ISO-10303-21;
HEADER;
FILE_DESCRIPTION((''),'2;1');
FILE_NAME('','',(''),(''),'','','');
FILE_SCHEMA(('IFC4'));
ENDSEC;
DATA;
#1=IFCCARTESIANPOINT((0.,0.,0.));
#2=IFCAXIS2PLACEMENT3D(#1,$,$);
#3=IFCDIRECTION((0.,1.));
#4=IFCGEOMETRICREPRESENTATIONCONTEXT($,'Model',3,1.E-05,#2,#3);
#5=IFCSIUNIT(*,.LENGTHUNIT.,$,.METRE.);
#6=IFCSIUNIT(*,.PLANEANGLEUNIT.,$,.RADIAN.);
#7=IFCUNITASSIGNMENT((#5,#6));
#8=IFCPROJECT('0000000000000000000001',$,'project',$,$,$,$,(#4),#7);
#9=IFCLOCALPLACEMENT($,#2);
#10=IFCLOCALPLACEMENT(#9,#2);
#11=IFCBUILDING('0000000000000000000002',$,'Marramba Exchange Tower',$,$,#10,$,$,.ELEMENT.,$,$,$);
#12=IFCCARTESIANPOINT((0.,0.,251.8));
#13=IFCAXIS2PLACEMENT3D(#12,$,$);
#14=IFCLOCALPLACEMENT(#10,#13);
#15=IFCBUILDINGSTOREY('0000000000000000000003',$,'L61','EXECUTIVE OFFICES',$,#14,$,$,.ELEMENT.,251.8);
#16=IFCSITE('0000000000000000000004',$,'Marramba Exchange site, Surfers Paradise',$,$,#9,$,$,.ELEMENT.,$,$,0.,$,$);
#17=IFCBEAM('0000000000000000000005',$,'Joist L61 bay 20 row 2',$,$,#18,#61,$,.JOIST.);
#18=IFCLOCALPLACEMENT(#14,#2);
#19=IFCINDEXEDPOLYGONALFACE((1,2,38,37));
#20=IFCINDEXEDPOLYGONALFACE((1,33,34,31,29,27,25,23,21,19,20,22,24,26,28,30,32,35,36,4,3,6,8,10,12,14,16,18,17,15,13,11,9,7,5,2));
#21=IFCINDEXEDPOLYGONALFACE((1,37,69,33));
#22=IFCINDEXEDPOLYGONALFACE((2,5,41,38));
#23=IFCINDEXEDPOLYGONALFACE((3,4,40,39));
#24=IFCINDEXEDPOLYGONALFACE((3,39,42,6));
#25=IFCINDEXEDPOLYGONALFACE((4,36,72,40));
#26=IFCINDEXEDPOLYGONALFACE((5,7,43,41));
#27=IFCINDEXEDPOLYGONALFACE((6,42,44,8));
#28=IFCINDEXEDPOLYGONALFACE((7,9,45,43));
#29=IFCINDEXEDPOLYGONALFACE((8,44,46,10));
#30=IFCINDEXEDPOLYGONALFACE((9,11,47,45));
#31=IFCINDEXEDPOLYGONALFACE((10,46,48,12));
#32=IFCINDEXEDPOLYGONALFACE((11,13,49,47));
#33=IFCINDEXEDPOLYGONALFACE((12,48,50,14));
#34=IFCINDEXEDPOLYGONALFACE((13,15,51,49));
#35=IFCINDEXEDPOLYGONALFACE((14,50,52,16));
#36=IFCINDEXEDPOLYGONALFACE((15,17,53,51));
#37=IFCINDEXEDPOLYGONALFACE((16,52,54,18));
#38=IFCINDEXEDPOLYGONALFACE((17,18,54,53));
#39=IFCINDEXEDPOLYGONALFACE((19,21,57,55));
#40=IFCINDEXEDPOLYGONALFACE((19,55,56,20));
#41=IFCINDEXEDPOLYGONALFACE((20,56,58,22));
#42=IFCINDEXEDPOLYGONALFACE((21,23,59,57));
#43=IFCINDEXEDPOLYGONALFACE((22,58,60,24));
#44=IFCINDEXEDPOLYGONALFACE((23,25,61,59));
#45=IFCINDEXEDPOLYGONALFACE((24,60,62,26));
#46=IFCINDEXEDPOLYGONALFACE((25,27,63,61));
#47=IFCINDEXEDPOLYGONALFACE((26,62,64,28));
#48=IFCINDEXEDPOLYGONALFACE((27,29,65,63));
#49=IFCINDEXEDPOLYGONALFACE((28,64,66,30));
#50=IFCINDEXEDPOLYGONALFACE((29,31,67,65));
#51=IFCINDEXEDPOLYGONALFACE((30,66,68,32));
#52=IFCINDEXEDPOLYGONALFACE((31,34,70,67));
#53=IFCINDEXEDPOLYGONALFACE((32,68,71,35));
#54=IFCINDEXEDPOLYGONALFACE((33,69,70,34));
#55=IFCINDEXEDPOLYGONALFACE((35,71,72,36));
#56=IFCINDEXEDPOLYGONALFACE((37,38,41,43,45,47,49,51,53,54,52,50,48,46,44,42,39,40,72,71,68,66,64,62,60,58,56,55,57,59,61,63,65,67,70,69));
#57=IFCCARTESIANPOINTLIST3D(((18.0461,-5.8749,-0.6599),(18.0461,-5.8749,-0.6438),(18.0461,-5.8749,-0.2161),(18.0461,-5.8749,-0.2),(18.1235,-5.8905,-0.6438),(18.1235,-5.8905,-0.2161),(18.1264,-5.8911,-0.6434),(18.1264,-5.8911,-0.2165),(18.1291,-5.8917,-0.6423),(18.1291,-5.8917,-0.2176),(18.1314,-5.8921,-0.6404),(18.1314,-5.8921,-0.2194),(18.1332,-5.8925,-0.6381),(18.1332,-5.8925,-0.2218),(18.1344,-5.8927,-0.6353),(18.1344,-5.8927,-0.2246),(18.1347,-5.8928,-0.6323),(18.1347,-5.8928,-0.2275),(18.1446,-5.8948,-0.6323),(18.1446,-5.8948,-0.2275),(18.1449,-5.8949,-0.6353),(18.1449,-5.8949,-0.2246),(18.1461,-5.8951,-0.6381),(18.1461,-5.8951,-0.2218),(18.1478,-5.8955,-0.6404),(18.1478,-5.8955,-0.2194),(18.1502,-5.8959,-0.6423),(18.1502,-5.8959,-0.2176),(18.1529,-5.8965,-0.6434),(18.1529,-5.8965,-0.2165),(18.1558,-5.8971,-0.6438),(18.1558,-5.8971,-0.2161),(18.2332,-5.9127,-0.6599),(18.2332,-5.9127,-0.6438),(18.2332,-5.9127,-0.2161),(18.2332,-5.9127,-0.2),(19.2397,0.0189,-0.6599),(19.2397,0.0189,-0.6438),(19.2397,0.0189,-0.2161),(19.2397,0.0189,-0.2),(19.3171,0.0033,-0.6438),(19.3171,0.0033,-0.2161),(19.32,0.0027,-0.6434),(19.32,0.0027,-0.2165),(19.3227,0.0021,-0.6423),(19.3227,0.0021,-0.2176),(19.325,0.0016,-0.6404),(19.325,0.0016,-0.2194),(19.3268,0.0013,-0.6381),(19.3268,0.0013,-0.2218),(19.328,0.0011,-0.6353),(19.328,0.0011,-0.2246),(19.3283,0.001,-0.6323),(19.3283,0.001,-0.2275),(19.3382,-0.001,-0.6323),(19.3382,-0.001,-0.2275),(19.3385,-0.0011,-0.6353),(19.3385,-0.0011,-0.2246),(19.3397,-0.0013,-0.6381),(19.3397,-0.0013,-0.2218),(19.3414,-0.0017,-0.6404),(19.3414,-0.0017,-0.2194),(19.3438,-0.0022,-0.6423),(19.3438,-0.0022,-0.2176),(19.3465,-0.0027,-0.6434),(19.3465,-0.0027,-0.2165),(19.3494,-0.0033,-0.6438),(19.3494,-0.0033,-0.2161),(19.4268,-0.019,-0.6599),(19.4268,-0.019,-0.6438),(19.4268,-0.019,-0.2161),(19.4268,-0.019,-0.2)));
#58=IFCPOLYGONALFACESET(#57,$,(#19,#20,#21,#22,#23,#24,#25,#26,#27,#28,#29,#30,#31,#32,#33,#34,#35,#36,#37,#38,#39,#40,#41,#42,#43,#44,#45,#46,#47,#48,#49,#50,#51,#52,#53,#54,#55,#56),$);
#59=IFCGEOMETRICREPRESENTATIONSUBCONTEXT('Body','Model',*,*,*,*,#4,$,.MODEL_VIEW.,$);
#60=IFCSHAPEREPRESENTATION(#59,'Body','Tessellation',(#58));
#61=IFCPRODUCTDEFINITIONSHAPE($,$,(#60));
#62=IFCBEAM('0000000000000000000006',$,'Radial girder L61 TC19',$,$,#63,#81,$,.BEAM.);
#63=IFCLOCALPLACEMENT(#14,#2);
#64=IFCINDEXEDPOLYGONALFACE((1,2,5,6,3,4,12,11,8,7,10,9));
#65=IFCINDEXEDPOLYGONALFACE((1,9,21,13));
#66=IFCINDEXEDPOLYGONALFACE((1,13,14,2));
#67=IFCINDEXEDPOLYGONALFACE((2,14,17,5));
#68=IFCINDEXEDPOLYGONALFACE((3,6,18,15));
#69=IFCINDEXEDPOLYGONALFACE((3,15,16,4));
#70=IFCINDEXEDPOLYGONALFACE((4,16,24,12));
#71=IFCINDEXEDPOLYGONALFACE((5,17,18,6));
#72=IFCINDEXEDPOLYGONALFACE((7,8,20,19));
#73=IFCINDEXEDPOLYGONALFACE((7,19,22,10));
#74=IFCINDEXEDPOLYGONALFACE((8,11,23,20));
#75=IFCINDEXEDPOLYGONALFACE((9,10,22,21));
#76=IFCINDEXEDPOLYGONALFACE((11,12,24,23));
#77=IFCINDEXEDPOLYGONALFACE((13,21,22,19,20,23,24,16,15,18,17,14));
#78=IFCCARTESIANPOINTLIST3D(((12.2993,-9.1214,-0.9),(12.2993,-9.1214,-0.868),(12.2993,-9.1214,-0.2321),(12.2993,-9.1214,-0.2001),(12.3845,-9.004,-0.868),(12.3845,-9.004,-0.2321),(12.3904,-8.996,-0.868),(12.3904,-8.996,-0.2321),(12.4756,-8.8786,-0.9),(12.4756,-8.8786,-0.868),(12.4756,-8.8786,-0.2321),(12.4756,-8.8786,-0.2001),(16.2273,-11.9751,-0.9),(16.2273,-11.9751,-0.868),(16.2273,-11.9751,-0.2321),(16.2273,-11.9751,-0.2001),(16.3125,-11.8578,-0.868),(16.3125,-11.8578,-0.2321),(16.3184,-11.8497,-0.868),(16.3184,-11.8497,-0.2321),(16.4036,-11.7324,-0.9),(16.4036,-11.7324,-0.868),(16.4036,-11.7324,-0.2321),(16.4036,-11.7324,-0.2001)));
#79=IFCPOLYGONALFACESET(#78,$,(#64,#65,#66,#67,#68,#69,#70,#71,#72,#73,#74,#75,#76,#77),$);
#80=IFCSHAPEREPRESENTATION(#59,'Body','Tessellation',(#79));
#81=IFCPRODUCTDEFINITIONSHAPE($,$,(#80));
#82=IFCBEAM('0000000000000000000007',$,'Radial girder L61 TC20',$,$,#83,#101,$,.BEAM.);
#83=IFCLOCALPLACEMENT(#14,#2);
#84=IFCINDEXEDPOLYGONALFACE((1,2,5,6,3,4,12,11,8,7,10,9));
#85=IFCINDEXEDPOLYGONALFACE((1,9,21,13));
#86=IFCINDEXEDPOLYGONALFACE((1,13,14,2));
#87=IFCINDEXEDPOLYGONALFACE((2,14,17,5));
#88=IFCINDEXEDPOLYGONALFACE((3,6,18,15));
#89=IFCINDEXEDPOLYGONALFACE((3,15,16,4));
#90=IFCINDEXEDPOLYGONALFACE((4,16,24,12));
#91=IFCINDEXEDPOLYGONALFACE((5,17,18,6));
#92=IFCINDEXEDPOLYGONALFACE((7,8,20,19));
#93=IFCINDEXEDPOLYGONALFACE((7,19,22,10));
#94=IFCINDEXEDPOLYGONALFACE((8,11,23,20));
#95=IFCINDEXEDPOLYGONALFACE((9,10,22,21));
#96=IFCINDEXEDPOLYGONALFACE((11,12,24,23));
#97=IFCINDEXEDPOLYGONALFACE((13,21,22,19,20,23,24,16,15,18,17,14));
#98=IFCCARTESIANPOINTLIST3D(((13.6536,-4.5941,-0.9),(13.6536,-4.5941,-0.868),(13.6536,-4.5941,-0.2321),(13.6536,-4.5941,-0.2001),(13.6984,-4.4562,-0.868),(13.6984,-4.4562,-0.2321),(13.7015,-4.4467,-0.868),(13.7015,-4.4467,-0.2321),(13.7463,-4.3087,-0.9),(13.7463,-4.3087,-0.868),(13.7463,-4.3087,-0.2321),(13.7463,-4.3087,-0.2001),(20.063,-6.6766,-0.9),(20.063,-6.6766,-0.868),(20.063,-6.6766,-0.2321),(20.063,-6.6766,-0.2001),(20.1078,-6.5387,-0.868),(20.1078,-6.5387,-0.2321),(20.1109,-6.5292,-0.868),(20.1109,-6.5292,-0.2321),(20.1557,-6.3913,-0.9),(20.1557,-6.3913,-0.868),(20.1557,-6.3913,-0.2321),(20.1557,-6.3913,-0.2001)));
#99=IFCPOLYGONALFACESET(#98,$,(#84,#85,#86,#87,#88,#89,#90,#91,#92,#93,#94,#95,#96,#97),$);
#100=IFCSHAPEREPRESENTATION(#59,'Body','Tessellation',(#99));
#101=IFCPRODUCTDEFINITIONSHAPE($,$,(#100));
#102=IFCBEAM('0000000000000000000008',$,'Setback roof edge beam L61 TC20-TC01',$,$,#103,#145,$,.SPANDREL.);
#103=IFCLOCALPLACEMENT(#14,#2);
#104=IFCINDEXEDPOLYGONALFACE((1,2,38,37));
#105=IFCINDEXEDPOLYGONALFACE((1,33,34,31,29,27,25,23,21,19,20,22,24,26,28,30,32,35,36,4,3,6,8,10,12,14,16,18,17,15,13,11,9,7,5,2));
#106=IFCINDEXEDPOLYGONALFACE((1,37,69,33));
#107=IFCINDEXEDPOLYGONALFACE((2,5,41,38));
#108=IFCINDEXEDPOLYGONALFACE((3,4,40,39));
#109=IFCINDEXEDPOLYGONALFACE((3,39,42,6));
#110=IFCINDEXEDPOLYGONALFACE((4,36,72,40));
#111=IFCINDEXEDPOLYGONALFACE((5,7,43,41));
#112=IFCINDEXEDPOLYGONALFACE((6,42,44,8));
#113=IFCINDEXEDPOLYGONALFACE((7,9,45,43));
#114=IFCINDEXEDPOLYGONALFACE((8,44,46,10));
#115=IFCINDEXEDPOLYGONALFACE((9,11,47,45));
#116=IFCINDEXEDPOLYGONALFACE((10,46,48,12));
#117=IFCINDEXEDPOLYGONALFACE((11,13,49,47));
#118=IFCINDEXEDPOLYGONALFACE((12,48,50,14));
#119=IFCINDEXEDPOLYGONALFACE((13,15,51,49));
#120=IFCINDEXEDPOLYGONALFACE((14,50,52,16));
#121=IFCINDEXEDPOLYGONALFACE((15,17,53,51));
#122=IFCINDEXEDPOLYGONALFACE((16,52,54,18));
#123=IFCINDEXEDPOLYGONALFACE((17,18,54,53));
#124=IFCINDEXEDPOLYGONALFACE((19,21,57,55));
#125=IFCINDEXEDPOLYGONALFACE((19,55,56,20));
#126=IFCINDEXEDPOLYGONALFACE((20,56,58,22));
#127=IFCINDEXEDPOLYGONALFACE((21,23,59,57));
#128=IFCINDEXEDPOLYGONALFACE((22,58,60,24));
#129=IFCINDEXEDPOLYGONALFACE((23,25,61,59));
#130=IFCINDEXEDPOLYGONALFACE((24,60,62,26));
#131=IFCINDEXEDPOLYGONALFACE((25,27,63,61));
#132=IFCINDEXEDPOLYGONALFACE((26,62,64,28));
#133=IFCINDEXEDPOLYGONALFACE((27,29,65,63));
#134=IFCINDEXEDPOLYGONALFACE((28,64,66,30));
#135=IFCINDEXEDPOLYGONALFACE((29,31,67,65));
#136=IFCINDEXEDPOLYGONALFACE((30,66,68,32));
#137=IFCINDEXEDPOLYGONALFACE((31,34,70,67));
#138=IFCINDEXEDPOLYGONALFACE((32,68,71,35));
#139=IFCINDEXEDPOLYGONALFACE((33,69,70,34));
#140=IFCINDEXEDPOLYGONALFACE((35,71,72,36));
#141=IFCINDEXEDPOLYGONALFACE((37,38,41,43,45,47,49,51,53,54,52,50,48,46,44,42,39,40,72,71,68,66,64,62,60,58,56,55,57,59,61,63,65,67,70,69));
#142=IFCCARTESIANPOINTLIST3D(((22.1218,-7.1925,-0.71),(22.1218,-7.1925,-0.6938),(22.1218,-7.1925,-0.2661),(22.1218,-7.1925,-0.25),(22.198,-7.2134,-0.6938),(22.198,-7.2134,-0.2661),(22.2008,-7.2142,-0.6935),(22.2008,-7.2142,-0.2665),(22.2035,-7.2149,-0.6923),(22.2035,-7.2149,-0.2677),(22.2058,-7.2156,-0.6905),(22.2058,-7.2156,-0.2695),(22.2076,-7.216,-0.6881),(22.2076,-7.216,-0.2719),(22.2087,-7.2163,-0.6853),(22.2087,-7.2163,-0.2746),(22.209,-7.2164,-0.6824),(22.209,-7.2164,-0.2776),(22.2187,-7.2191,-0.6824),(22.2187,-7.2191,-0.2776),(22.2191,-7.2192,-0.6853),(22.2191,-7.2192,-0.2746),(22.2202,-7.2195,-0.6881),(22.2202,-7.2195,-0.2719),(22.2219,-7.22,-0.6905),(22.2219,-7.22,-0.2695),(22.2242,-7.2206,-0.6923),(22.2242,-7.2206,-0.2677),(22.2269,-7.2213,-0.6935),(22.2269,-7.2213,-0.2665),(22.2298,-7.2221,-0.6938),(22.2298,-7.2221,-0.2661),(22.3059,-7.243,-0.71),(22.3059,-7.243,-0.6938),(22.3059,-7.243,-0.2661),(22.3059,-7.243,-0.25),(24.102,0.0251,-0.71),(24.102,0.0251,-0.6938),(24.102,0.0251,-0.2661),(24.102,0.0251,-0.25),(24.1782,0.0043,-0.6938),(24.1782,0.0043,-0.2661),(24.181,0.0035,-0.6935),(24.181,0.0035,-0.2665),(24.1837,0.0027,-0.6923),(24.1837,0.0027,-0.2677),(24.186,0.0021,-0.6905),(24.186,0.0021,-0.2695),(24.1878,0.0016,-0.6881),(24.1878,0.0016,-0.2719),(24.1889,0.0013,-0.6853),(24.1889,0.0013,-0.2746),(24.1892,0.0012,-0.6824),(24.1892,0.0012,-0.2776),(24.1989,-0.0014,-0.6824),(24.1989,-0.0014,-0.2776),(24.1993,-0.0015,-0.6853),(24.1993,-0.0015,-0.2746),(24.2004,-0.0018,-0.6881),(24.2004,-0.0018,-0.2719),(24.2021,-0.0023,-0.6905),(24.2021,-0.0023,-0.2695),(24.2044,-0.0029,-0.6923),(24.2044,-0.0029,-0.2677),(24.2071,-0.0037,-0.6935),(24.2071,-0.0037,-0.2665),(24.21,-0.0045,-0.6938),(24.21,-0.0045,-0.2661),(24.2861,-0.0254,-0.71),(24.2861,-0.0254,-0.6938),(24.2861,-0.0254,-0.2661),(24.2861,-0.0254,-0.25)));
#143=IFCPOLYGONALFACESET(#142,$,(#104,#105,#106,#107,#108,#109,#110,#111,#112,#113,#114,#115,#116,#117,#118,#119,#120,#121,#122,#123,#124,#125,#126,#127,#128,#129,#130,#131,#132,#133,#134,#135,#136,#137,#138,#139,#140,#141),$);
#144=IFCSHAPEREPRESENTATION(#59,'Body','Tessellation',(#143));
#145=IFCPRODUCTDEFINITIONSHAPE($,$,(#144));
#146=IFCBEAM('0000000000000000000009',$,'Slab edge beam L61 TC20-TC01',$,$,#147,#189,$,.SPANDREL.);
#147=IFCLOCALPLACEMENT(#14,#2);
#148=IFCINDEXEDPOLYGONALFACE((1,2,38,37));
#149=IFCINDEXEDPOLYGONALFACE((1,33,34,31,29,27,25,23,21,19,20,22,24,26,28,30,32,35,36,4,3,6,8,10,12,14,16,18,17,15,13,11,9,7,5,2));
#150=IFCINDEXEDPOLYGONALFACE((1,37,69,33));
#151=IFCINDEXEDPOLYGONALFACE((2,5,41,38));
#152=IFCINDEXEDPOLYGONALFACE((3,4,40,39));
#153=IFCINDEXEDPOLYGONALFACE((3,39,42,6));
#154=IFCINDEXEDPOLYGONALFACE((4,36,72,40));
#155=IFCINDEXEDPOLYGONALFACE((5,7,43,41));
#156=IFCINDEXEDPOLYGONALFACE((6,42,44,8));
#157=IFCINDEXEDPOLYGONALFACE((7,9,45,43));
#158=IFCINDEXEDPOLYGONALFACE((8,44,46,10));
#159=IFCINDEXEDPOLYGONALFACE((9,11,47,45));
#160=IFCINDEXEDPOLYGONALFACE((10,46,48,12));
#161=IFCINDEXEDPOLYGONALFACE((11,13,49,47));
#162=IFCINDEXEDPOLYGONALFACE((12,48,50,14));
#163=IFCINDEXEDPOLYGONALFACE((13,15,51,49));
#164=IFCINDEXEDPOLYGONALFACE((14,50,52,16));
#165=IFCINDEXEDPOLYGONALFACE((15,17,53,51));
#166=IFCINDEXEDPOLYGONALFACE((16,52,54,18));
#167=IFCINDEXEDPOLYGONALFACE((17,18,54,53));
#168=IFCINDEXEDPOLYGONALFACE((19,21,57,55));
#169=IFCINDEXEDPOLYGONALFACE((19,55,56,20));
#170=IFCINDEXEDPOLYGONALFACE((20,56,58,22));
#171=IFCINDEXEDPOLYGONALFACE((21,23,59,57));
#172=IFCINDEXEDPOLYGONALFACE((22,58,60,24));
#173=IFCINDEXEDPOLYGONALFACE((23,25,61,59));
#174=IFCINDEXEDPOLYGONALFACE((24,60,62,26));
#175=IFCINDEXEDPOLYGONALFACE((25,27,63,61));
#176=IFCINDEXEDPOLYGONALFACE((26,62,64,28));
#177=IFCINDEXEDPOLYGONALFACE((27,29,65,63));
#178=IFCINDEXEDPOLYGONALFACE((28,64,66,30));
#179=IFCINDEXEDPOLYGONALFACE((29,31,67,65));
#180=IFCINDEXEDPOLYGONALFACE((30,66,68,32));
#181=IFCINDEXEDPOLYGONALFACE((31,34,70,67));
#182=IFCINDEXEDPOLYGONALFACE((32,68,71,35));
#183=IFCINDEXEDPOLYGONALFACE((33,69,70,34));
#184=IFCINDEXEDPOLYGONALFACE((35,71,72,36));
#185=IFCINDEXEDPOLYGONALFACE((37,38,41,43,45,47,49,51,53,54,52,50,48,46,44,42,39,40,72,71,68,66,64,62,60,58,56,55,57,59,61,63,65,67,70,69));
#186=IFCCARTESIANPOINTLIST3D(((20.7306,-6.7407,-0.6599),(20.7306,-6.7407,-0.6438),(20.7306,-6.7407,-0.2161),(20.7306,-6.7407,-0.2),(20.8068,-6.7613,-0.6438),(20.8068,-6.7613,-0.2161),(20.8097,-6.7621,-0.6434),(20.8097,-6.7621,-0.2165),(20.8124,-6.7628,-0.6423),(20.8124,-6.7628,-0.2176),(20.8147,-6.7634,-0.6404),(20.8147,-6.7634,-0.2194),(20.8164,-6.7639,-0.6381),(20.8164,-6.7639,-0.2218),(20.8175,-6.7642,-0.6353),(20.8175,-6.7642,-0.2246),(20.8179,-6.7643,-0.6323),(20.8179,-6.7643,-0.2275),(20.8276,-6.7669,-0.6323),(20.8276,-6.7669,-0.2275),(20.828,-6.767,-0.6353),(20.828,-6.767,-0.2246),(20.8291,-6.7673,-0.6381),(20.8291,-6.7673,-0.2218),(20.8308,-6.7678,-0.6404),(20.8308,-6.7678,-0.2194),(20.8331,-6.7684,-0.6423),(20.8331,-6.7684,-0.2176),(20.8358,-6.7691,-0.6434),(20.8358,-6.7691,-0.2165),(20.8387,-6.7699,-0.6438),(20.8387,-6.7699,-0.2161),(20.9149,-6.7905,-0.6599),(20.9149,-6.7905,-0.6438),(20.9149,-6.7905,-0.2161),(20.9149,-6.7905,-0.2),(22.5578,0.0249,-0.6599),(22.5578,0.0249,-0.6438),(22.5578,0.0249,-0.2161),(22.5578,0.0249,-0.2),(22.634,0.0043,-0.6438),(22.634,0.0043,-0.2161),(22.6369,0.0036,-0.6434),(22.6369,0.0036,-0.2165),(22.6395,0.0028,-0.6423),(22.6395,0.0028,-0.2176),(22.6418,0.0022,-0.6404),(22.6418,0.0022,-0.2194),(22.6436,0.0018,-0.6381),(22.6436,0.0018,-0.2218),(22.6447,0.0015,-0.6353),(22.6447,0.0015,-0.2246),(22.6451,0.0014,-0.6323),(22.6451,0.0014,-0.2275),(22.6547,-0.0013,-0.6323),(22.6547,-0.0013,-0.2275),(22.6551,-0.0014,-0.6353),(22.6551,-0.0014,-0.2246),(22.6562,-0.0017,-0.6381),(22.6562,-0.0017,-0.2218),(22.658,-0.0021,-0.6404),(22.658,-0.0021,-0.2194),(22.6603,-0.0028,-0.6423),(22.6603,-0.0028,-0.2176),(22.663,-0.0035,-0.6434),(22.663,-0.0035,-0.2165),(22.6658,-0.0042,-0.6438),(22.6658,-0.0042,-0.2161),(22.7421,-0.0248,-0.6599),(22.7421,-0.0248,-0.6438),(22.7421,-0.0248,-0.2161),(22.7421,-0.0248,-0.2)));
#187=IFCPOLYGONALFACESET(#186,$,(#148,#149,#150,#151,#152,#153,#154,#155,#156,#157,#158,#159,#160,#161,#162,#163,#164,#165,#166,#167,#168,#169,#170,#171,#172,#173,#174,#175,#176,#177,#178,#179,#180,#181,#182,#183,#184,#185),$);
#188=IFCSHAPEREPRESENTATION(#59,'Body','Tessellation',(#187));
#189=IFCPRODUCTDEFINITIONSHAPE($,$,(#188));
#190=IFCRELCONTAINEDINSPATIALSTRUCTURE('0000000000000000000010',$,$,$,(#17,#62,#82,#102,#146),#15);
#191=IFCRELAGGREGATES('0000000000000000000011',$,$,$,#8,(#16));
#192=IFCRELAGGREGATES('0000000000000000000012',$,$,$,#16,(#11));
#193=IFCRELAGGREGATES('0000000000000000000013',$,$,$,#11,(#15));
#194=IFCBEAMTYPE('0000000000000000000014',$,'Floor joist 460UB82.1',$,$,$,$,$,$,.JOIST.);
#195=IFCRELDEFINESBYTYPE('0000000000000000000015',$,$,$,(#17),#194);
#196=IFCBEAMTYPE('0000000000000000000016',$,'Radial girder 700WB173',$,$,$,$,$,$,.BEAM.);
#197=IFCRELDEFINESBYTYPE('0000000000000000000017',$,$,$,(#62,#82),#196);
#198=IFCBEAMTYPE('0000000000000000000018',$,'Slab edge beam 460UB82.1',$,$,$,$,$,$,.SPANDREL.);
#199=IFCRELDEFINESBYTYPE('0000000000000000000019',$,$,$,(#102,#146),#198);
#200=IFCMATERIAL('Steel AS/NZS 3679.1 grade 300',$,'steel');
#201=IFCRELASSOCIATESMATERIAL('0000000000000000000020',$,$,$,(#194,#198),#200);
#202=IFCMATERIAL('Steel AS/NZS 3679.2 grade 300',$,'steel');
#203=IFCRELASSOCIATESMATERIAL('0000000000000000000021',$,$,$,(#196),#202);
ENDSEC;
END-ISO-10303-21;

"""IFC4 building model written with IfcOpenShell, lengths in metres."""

from ifc_helpers import new_model, si_unit, direction, frame, origin, origin_2d, place, context, subcontext, project, spatial, i_section, extrude, material, material_profile, profile_set, type_object, element, save


model = new_model("IFC4")

# Units and contexts
model_context = context("Model", 3, precision=1e-05, world=origin(), true_north=direction((0.0, 1.0)))
body_context = subcontext(model_context, "Body", "Model", "MODEL_VIEW")
ifc_project = project(units=[si_unit("LENGTHUNIT", "METRE"), si_unit("PLANEANGLEUNIT", "RADIAN")], contexts=[model_context])

# Site, building, storey
site_placement = place(None, origin())
site = spatial("IfcSite", under=ifc_project, at=site_placement, Name="Marramba Exchange site, Surfers Paradise", CompositionType="ELEMENT", RefElevation=0.0)
building_placement = place(site_placement, origin())
building = spatial("IfcBuilding", under=site, at=building_placement, Name="Marramba Exchange Tower", CompositionType="ELEMENT")
storey_placement = place(building_placement, frame((0.0, 0.0, 251.8)))
storey = spatial("IfcBuildingStorey", under=building, at=storey_placement, Name="L61", Description="EXECUTIVE OFFICES", CompositionType="ELEMENT", Elevation=251.8)

# Shared definitions
ifc_material_1 = material(Name="Steel AS/NZS 3679.2 grade 300", Category="steel")

# Beams
ifc_material_2 = material(Name="Steel AS/NZS 3679.1 grade 300", Category="steel")
ifc_material_profile_1 = material_profile(ifc_material_2, i_section(OverallWidth=0.1909, OverallDepth=0.46, WebThickness=0.01, FlangeThickness=0.0161, FilletRadius=0.0115, at=origin_2d()), Name="460UB82.1")
ifc_profile_set_1 = profile_set([ifc_material_profile_1], Name="Steel AS/NZS 3679.1 grade 300")
beam_type_1 = type_object("IfcBeamType", Name="Floor joist 460UB82.1", PredefinedType="JOIST", material=ifc_profile_set_1)
beam_1_placement = place(storey_placement, frame((18.1396, -5.8938, -0.4299), z_axis=(0.198489, 0.980103, 0.0), x_axis=(-0.980103, 0.198489, 0.0)))
element("IfcBeam", 1, at=beam_1_placement, inside=storey, type_object=beam_type_1, Name="Joist L61 bay 20 row 2", PredefinedType="JOIST", context=body_context, shape_type="SweptSolid", body=[
    extrude(i_section(OverallWidth=0.1909, OverallDepth=0.46, WebThickness=0.01, FlangeThickness=0.0161, FilletRadius=0.0115, at=origin_2d()), origin(), (0.0, 0.0, 1.0), 6.0134),
])
ifc_material_profile_2 = material_profile(ifc_material_1, i_section(OverallWidth=0.3, OverallDepth=0.7, WebThickness=0.01, FlangeThickness=0.032, at=origin_2d()), Name="700WB173")
ifc_profile_set_2 = profile_set([ifc_material_profile_2], Name="Steel AS/NZS 3679.2 grade 300")
beam_type_2 = type_object("IfcBeamType", Name="Radial girder 700WB173", PredefinedType="BEAM", material=ifc_profile_set_2)
beam_2_placement = place(storey_placement, frame((12.3875, -9.0, -0.55), z_axis=(0.809025, -0.587774, 0.0), x_axis=(0.587774, 0.809025, 0.0)))
element("IfcBeam", 2, at=beam_2_placement, inside=storey, type_object=beam_type_2, Name="Radial girder L61 TC19", PredefinedType="BEAM", context=body_context, shape_type="SweptSolid", body=[
    extrude(i_section(OverallWidth=0.3, OverallDepth=0.7, WebThickness=0.01, FlangeThickness=0.032, at=origin_2d()), origin(), (0.0, 0.0, 1.0), 4.8552),
])
beam_3_placement = place(storey_placement, frame((13.7, -4.4514, -0.55), z_axis=(0.951058, -0.309013, 0.0), x_axis=(0.309013, 0.951058, 0.0)))
element("IfcBeam", 3, at=beam_3_placement, inside=storey, type_object=beam_type_2, Name="Radial girder L61 TC20", PredefinedType="BEAM", context=body_context, shape_type="SweptSolid", body=[
    extrude(i_section(OverallWidth=0.3, OverallDepth=0.7, WebThickness=0.01, FlangeThickness=0.032, at=origin_2d()), origin(), (0.0, 0.0, 1.0), 6.7393),
])
ifc_material_profile_3 = material_profile(ifc_material_2, i_section(OverallWidth=0.1909, OverallDepth=0.46, WebThickness=0.01, FlangeThickness=0.0161, FilletRadius=0.0115, at=origin_2d()), Name="460UB82.1")
ifc_profile_set_3 = profile_set([ifc_material_profile_3], Name="Steel AS/NZS 3679.1 grade 300")
beam_type_3 = type_object("IfcBeamType", Name="Slab edge beam 460UB82.1", PredefinedType="SPANDREL", material=ifc_profile_set_3)
beam_4_placement = place(storey_placement, frame((22.2139, -7.2178, -0.48), z_axis=(0.264577, 0.964365, 0.0), x_axis=(-0.964365, 0.264577, 0.0)))
element("IfcBeam", 4, at=beam_4_placement, inside=storey, type_object=beam_type_3, Name="Setback roof edge beam L61 TC20-TC01", PredefinedType="SPANDREL", context=body_context, shape_type="SweptSolid", body=[
    extrude(i_section(OverallWidth=0.1909, OverallDepth=0.46, WebThickness=0.01, FlangeThickness=0.0161, FilletRadius=0.0115, at=origin_2d()), origin(), (0.0, 0.0, 1.0), 7.4844),
])
beam_5_placement = place(storey_placement, frame((20.8228, -6.7656, -0.4299), z_axis=(0.260723, 0.965414, 0.0), x_axis=(-0.965414, 0.260723, 0.0)))
element("IfcBeam", 5, at=beam_5_placement, inside=storey, type_object=beam_type_3, Name="Slab edge beam L61 TC20-TC01", PredefinedType="SPANDREL", context=body_context, shape_type="SweptSolid", body=[
    extrude(i_section(OverallWidth=0.1909, OverallDepth=0.46, WebThickness=0.01, FlangeThickness=0.0161, FilletRadius=0.0115, at=origin_2d()), origin(), (0.0, 0.0, 1.0), 7.0081),
])

save(model, "model.ifc")
